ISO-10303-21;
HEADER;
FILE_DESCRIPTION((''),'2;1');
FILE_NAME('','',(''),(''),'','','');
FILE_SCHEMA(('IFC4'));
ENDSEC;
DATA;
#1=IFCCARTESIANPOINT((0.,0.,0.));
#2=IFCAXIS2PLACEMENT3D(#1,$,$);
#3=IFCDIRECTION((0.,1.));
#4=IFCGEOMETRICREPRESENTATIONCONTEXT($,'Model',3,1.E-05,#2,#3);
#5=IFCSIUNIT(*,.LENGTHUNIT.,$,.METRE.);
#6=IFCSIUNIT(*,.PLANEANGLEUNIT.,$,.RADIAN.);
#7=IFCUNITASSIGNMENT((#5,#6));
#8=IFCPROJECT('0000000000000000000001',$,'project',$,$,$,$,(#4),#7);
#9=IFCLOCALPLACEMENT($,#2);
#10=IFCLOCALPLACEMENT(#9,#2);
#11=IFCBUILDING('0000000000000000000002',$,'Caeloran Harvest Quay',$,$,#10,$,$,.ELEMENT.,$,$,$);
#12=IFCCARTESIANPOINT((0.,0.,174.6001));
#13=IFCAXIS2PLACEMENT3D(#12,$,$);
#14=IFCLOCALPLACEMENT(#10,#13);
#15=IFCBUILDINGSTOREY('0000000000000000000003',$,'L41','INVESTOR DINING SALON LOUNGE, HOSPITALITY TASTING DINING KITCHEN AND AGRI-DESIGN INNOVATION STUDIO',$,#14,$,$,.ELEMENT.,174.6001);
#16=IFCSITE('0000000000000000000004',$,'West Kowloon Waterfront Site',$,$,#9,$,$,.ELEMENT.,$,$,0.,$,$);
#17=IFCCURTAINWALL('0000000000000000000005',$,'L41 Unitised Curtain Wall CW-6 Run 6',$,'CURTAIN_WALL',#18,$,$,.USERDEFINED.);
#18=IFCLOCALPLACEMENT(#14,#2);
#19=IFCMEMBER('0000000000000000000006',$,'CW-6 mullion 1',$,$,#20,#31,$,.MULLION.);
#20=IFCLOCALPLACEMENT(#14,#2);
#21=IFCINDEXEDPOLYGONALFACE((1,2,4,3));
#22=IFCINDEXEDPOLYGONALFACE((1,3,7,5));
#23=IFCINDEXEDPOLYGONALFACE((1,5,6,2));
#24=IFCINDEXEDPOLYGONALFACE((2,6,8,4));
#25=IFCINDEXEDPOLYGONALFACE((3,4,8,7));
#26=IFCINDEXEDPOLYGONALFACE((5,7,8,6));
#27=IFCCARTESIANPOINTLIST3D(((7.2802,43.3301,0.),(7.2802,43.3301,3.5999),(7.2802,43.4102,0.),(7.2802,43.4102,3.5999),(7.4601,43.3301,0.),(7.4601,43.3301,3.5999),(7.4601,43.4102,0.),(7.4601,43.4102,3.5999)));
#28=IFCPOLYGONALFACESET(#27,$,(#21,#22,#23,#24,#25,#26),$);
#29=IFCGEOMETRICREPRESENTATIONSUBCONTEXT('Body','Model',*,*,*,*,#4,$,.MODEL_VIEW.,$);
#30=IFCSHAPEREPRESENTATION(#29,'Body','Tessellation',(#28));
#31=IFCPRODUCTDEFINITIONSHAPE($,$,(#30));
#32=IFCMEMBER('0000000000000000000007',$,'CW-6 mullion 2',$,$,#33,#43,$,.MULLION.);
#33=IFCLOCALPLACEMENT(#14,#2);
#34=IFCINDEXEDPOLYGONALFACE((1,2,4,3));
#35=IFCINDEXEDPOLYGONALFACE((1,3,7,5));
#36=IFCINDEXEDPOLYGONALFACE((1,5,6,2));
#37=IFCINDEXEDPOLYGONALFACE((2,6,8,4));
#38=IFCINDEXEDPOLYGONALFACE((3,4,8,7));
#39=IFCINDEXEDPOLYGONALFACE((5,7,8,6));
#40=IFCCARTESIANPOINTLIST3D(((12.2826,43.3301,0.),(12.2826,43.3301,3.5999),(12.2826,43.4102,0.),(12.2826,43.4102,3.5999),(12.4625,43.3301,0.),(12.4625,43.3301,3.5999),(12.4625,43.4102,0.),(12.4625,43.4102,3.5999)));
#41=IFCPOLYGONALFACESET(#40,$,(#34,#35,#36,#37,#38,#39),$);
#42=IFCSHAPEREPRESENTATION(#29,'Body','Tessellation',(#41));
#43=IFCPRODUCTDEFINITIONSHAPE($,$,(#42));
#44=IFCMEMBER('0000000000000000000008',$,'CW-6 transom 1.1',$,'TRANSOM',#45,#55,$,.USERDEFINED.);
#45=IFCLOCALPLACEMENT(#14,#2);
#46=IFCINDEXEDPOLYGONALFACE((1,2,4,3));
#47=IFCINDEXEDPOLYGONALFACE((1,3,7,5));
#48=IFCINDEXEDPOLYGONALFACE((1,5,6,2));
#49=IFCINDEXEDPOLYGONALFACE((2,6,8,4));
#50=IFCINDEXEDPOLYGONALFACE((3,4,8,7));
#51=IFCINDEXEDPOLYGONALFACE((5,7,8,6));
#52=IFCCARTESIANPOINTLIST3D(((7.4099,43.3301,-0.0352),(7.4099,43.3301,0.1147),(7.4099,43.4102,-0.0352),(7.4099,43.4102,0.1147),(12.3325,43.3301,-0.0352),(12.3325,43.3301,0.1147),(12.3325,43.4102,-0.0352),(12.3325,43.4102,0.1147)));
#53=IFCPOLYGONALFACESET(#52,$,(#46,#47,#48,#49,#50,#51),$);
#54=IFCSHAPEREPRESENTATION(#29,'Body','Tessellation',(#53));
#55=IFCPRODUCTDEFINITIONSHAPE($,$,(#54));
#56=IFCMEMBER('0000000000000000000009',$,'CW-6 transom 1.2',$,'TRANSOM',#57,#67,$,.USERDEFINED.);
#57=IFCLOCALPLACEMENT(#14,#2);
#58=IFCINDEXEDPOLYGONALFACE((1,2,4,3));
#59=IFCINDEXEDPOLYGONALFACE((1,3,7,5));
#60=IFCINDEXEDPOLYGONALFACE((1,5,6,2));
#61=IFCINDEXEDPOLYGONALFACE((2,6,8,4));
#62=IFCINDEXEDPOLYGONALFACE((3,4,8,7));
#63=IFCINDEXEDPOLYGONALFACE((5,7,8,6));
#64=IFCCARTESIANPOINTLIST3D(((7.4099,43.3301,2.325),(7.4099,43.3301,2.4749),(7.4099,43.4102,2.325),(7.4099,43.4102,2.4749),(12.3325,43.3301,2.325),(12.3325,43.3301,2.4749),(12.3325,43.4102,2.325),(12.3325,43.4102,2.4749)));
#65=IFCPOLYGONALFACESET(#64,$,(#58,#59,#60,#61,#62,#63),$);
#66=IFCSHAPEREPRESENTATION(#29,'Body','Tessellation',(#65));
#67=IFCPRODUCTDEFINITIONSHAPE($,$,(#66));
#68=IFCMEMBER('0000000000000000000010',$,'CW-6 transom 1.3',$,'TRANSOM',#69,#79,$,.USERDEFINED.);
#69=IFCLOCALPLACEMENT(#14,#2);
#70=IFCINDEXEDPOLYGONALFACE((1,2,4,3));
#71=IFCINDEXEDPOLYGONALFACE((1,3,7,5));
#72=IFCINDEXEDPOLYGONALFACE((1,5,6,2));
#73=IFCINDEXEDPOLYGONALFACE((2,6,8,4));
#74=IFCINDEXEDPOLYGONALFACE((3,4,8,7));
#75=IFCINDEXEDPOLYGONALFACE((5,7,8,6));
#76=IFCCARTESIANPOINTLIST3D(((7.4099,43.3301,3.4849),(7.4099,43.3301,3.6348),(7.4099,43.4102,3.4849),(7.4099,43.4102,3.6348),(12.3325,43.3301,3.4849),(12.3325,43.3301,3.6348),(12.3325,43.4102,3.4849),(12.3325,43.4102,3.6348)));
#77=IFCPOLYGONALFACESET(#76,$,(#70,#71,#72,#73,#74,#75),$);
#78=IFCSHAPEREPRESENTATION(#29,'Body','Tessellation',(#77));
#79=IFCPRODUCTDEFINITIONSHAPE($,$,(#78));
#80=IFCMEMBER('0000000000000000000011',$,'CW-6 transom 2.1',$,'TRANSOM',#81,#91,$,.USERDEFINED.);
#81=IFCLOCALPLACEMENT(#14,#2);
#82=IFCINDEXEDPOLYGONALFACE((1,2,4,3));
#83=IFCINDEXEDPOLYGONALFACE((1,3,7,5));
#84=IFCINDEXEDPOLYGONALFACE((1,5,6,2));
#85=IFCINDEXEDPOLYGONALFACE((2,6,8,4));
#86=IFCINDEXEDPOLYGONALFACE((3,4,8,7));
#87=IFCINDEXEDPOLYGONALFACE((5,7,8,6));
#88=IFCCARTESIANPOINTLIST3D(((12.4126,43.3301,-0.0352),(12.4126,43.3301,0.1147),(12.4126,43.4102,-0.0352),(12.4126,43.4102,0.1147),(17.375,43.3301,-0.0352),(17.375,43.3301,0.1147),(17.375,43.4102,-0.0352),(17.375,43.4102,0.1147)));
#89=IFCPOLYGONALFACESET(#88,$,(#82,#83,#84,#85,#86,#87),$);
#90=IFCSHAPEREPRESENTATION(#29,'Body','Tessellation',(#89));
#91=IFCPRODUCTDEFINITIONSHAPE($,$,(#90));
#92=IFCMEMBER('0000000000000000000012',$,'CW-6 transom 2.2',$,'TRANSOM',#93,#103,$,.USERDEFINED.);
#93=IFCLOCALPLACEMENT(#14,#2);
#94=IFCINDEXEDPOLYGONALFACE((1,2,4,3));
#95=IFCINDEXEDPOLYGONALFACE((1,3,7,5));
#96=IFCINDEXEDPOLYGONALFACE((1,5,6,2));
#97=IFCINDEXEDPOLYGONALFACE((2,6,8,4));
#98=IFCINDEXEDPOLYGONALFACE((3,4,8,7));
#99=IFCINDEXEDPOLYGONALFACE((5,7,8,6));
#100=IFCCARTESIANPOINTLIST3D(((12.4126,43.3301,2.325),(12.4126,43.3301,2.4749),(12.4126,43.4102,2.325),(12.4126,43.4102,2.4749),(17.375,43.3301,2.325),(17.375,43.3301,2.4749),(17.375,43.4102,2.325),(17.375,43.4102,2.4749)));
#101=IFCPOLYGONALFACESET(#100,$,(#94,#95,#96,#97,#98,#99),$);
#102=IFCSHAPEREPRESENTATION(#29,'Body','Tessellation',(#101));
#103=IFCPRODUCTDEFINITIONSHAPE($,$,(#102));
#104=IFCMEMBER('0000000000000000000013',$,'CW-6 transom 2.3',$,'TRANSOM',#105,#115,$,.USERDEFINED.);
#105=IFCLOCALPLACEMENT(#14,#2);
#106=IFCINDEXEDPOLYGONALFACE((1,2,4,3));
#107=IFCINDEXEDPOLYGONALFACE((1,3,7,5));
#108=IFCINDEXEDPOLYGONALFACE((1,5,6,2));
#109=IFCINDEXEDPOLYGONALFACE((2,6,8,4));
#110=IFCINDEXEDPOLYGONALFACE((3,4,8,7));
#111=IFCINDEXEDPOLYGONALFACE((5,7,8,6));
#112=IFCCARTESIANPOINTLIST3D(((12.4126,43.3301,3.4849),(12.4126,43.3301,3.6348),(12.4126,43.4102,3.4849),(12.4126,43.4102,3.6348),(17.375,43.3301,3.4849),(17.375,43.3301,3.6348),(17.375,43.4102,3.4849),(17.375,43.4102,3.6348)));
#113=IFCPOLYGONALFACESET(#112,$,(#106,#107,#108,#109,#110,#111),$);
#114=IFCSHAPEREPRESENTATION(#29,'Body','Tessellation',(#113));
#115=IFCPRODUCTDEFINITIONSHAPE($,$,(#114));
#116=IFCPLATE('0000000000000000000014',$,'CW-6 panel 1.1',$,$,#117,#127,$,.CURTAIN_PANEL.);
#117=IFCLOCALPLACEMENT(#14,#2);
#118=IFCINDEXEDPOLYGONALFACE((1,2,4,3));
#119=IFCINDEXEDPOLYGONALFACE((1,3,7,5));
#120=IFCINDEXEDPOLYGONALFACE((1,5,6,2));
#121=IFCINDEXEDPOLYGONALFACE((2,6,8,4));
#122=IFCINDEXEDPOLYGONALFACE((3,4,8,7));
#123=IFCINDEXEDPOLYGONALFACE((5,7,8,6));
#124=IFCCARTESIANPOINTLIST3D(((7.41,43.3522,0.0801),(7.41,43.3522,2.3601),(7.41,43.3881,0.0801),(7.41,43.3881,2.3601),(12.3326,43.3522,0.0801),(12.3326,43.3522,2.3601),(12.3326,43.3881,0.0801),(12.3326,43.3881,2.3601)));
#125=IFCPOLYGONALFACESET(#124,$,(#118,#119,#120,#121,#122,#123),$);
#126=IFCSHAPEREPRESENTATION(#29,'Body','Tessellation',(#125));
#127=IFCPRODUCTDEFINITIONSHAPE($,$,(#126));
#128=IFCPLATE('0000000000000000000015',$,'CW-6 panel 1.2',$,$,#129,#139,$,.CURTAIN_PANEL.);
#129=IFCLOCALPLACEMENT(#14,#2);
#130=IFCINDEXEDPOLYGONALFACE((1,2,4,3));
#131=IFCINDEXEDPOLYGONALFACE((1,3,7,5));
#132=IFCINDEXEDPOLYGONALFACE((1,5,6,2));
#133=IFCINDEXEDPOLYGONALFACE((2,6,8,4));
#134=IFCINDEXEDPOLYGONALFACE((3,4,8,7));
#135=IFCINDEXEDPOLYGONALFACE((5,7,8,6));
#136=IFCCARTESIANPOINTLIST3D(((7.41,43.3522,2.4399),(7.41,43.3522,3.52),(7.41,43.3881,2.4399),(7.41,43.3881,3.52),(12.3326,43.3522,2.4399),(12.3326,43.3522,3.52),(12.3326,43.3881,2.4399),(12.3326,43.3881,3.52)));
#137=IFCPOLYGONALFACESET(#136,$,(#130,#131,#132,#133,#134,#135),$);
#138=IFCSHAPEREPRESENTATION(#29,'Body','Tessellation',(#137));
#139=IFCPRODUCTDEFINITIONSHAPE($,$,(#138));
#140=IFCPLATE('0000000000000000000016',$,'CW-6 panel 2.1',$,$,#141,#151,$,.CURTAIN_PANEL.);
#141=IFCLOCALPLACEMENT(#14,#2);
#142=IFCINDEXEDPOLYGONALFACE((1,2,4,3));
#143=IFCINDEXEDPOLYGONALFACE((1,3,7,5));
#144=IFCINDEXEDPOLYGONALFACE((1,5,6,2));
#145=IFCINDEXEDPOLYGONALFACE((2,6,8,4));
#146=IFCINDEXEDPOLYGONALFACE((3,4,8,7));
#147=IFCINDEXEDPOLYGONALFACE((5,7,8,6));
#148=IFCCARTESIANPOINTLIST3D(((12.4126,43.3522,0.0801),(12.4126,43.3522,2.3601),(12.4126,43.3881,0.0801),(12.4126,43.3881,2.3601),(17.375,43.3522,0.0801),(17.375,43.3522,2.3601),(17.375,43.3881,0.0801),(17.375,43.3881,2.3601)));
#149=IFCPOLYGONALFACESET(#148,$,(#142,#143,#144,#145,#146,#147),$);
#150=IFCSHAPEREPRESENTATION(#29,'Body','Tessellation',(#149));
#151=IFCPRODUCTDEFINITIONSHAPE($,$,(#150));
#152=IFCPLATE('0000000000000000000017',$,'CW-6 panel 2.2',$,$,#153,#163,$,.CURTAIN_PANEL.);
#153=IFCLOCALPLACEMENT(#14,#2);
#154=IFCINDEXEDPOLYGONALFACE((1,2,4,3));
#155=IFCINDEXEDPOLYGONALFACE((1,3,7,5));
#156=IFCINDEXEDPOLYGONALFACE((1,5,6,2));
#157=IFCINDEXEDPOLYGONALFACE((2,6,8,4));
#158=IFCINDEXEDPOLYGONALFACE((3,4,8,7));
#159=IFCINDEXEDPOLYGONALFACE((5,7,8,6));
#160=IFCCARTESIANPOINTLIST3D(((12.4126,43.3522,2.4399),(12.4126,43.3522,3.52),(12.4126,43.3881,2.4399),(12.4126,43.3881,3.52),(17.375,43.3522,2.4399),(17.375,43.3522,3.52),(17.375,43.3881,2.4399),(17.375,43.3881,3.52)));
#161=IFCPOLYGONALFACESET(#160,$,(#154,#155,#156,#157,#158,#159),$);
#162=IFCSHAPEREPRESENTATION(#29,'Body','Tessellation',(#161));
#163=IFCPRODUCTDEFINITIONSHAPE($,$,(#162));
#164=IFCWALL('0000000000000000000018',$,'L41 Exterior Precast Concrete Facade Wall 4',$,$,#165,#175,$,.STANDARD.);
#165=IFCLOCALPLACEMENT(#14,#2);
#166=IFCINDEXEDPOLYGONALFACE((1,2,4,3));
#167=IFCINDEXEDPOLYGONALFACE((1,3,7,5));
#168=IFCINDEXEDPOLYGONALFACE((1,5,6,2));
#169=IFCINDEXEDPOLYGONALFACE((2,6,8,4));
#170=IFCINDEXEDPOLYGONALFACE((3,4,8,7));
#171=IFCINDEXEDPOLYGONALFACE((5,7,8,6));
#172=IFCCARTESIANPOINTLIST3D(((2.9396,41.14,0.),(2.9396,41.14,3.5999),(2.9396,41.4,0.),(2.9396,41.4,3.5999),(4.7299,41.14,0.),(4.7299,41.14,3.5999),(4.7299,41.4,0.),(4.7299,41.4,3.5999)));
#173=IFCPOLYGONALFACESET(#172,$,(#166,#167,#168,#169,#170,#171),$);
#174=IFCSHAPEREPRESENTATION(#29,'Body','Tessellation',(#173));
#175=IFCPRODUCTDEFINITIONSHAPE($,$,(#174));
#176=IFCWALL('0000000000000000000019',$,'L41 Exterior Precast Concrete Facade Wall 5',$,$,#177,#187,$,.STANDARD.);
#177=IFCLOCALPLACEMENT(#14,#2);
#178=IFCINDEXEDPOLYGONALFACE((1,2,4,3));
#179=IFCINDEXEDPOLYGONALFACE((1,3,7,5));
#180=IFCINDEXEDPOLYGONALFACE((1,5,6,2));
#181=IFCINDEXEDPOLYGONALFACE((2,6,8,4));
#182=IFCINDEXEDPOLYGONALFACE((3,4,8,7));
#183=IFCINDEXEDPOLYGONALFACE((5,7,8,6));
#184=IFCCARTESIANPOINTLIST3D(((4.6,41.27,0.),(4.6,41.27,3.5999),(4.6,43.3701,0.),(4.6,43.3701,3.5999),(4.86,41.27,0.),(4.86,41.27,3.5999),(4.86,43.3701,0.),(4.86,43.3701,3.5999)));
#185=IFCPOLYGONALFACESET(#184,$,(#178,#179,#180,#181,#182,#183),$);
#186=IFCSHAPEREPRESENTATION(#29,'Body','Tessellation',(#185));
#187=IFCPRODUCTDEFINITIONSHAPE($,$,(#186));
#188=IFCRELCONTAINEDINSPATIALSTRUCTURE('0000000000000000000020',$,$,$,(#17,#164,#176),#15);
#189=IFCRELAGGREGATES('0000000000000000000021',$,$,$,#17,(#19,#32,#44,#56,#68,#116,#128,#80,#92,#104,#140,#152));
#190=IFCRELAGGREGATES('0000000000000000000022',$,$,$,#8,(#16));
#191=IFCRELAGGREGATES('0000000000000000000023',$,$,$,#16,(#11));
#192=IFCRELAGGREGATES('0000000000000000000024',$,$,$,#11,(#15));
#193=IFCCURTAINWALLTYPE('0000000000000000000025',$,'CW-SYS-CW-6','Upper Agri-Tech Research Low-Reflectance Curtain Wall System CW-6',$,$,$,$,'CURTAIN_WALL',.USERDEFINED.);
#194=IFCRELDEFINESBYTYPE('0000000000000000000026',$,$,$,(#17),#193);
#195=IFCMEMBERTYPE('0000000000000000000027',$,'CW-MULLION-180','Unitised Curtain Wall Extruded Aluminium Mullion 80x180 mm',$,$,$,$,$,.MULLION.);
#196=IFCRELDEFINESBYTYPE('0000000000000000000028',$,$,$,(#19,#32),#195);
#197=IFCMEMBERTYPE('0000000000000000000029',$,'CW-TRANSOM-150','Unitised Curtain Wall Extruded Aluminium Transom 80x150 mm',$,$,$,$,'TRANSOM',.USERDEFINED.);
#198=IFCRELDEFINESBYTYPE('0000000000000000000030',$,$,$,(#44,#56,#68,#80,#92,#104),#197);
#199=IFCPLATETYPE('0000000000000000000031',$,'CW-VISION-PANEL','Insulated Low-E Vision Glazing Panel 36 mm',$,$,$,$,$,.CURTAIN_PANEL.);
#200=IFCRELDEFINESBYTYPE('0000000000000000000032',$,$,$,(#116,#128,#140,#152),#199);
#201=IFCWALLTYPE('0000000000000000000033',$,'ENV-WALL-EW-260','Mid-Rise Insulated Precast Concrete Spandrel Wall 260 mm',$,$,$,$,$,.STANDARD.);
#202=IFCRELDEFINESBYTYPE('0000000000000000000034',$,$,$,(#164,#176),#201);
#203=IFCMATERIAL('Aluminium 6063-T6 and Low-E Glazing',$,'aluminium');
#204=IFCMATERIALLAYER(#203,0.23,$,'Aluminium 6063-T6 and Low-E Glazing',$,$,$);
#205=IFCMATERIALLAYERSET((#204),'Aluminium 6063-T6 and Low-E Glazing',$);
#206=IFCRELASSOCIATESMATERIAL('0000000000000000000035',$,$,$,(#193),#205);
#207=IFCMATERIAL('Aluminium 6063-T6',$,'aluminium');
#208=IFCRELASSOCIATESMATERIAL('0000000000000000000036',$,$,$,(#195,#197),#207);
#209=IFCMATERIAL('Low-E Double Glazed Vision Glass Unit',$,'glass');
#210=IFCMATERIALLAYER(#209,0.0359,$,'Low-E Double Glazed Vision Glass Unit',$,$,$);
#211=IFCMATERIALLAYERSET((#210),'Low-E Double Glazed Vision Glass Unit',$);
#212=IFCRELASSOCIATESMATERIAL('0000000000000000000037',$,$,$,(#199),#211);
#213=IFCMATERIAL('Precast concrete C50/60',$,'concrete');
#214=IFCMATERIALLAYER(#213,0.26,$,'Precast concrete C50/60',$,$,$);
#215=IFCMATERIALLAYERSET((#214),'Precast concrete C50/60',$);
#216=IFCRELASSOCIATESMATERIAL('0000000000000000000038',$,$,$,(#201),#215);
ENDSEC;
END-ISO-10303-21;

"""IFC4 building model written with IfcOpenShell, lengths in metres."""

from ifc_helpers import new_model, si_unit, direction, frame, frame_2d, origin, origin_2d, place, context, subcontext, project, spatial, rectangle, extrude, material, layer, layer_set, material_profile, profile_set, type_object, element, aggregate, save


model = new_model("IFC4")

# Units and contexts
model_context = context("Model", 3, precision=1e-05, world=origin(), true_north=direction((0.0, 1.0)))
body_context = subcontext(model_context, "Body", "Model", "MODEL_VIEW")
ifc_project = project(units=[si_unit("LENGTHUNIT", "METRE"), si_unit("PLANEANGLEUNIT", "RADIAN")], contexts=[model_context])

# Site, building, storey
site_placement = place(None, origin())
site = spatial("IfcSite", under=ifc_project, at=site_placement, Name="West Kowloon Waterfront Site", CompositionType="ELEMENT", RefElevation=0.0)
building_placement = place(site_placement, origin())
building = spatial("IfcBuilding", under=site, at=building_placement, Name="Caeloran Harvest Quay", CompositionType="ELEMENT")
storey_placement = place(building_placement, frame((0.0, 0.0, 174.6001)))
storey = spatial("IfcBuildingStorey", under=building, at=storey_placement, Name="L41", Description="INVESTOR DINING SALON LOUNGE, HOSPITALITY TASTING DINING KITCHEN AND AGRI-DESIGN INNOVATION STUDIO", CompositionType="ELEMENT", Elevation=174.6001)

# Curtain wall, members, plates
ifc_material_1 = material(Name="Aluminium 6063-T6 and Low-E Glazing", Category="aluminium")
ifc_layer_1 = layer(ifc_material_1, 0.23, Name="Aluminium 6063-T6 and Low-E Glazing")
ifc_layer_set_1 = layer_set([ifc_layer_1], Name="Aluminium 6063-T6 and Low-E Glazing")
curtain_wall_type = type_object("IfcCurtainWallType", Name="CW-SYS-CW-6", Description="Upper Agri-Tech Research Low-Reflectance Curtain Wall System CW-6", ElementType="CURTAIN_WALL", PredefinedType="USERDEFINED", material=ifc_layer_set_1)
curtain_wall_placement = place(storey_placement, origin())
curtain_wall = element("IfcCurtainWall", 1, at=curtain_wall_placement, inside=storey, type_object=curtain_wall_type, Name="L41 Unitised Curtain Wall CW-6 Run 6", ObjectType="CURTAIN_WALL", PredefinedType="USERDEFINED")
ifc_material_2 = material(Name="Aluminium 6063-T6", Category="aluminium")
ifc_material_profile_1 = material_profile(ifc_material_2, rectangle(XDim=0.0801, YDim=0.1799, at=origin_2d()), Name="CW-MULLION-180")
ifc_profile_set_1 = profile_set([ifc_material_profile_1], Name="Aluminium 6063-T6")
member_type_1 = type_object("IfcMemberType", Name="CW-MULLION-180", Description="Unitised Curtain Wall Extruded Aluminium Mullion 80x180 mm", PredefinedType="MULLION", material=ifc_profile_set_1)
member_1_placement = place(storey_placement, frame((7.3701, 43.3701, 0.0), z_axis=(0.0, 0.0, 1.0), x_axis=(0.0, 1.0, 0.0)))
member_1 = element("IfcMember", 2, at=member_1_placement, type_object=member_type_1, Name="CW-6 mullion 1", PredefinedType="MULLION", context=body_context, shape_type="SweptSolid", body=[
    extrude(rectangle(XDim=0.0801, YDim=0.1799, at=origin_2d()), origin(), (0.0, 0.0, 1.0), 3.5999),
])
member_2_placement = place(storey_placement, frame((12.3726, 43.3701, 0.0), z_axis=(0.0, 0.0, 1.0), x_axis=(0.0, 1.0, 0.0)))
member_2 = element("IfcMember", 3, at=member_2_placement, type_object=member_type_1, Name="CW-6 mullion 2", PredefinedType="MULLION", context=body_context, shape_type="SweptSolid", body=[
    extrude(rectangle(XDim=0.0801, YDim=0.1799, at=origin_2d()), origin(), (0.0, 0.0, 1.0), 3.5999),
])
ifc_material_profile_2 = material_profile(ifc_material_2, rectangle(XDim=0.0801, YDim=0.1499, at=origin_2d()), Name="CW-TRANSOM-150")
ifc_profile_set_2 = profile_set([ifc_material_profile_2], Name="Aluminium 6063-T6")
member_type_2 = type_object("IfcMemberType", Name="CW-TRANSOM-150", Description="Unitised Curtain Wall Extruded Aluminium Transom 80x150 mm", ElementType="TRANSOM", PredefinedType="USERDEFINED", material=ifc_profile_set_2)
member_3_placement = place(storey_placement, frame((7.4099, 43.3701, 0.0398), z_axis=(1.0, 0.0, 0.0), x_axis=(0.0, 1.0, 0.0)))
member_3 = element("IfcMember", 4, at=member_3_placement, type_object=member_type_2, Name="CW-6 transom 1.1", ObjectType="TRANSOM", PredefinedType="USERDEFINED", context=body_context, shape_type="SweptSolid", body=[
    extrude(rectangle(XDim=0.0801, YDim=0.1499, at=origin_2d()), origin(), (0.0, 0.0, 1.0), 4.9226),
])
member_4_placement = place(storey_placement, frame((7.4099, 43.3701, 2.3999), z_axis=(1.0, 0.0, 0.0), x_axis=(0.0, 1.0, 0.0)))
member_4 = element("IfcMember", 5, at=member_4_placement, type_object=member_type_2, Name="CW-6 transom 1.2", ObjectType="TRANSOM", PredefinedType="USERDEFINED", context=body_context, shape_type="SweptSolid", body=[
    extrude(rectangle(XDim=0.0801, YDim=0.1499, at=origin_2d()), origin(), (0.0, 0.0, 1.0), 4.9226),
])
member_5_placement = place(storey_placement, frame((7.4099, 43.3701, 3.5598), z_axis=(1.0, 0.0, 0.0), x_axis=(0.0, 1.0, 0.0)))
member_5 = element("IfcMember", 6, at=member_5_placement, type_object=member_type_2, Name="CW-6 transom 1.3", ObjectType="TRANSOM", PredefinedType="USERDEFINED", context=body_context, shape_type="SweptSolid", body=[
    extrude(rectangle(XDim=0.0801, YDim=0.1499, at=origin_2d()), origin(), (0.0, 0.0, 1.0), 4.9226),
])
member_6_placement = place(storey_placement, frame((12.4126, 43.3701, 0.0398), z_axis=(1.0, 0.0, 0.0), x_axis=(0.0, 1.0, 0.0)))
member_6 = element("IfcMember", 7, at=member_6_placement, type_object=member_type_2, Name="CW-6 transom 2.1", ObjectType="TRANSOM", PredefinedType="USERDEFINED", context=body_context, shape_type="SweptSolid", body=[
    extrude(rectangle(XDim=0.0801, YDim=0.1499, at=origin_2d()), origin(), (0.0, 0.0, 1.0), 4.9624),
])
member_7_placement = place(storey_placement, frame((12.4126, 43.3701, 2.3999), z_axis=(1.0, 0.0, 0.0), x_axis=(0.0, 1.0, 0.0)))
member_7 = element("IfcMember", 8, at=member_7_placement, type_object=member_type_2, Name="CW-6 transom 2.2", ObjectType="TRANSOM", PredefinedType="USERDEFINED", context=body_context, shape_type="SweptSolid", body=[
    extrude(rectangle(XDim=0.0801, YDim=0.1499, at=origin_2d()), origin(), (0.0, 0.0, 1.0), 4.9624),
])
member_8_placement = place(storey_placement, frame((12.4126, 43.3701, 3.5598), z_axis=(1.0, 0.0, 0.0), x_axis=(0.0, 1.0, 0.0)))
member_8 = element("IfcMember", 9, at=member_8_placement, type_object=member_type_2, Name="CW-6 transom 2.3", ObjectType="TRANSOM", PredefinedType="USERDEFINED", context=body_context, shape_type="SweptSolid", body=[
    extrude(rectangle(XDim=0.0801, YDim=0.1499, at=origin_2d()), origin(), (0.0, 0.0, 1.0), 4.9624),
])
ifc_material_3 = material(Name="Low-E Double Glazed Vision Glass Unit", Category="glass")
ifc_layer_2 = layer(ifc_material_3, 0.0359, Name="Low-E Double Glazed Vision Glass Unit")
ifc_layer_set_2 = layer_set([ifc_layer_2], Name="Low-E Double Glazed Vision Glass Unit")
plate_type = type_object("IfcPlateType", Name="CW-VISION-PANEL", Description="Insulated Low-E Vision Glazing Panel 36 mm", PredefinedType="CURTAIN_PANEL", material=ifc_layer_set_2)
plate_1_placement = place(storey_placement, frame((9.8713, 43.3701, 0.0801), z_axis=(0.0, 0.0, 1.0), x_axis=(1.0, 0.0, 0.0)))
plate_1 = element("IfcPlate", 10, at=plate_1_placement, type_object=plate_type, Name="CW-6 panel 1.1", PredefinedType="CURTAIN_PANEL", context=body_context, shape_type="SweptSolid", body=[
    extrude(rectangle(XDim=4.9226, YDim=0.0359, at=origin_2d()), origin(), (0.0, 0.0, 1.0), 2.28),
])
plate_2_placement = place(storey_placement, frame((9.8713, 43.3701, 2.4399), z_axis=(0.0, 0.0, 1.0), x_axis=(1.0, 0.0, 0.0)))
plate_2 = element("IfcPlate", 11, at=plate_2_placement, type_object=plate_type, Name="CW-6 panel 1.2", PredefinedType="CURTAIN_PANEL", context=body_context, shape_type="SweptSolid", body=[
    extrude(rectangle(XDim=4.9226, YDim=0.0359, at=origin_2d()), origin(), (0.0, 0.0, 1.0), 1.0801),
])
plate_3_placement = place(storey_placement, frame((14.8938, 43.3701, 0.0801), z_axis=(0.0, 0.0, 1.0), x_axis=(1.0, 0.0, 0.0)))
plate_3 = element("IfcPlate", 12, at=plate_3_placement, type_object=plate_type, Name="CW-6 panel 2.1", PredefinedType="CURTAIN_PANEL", context=body_context, shape_type="SweptSolid", body=[
    extrude(rectangle(XDim=4.9624, YDim=0.0359, at=origin_2d()), origin(), (0.0, 0.0, 1.0), 2.28),
])
plate_4_placement = place(storey_placement, frame((14.8938, 43.3701, 2.4399), z_axis=(0.0, 0.0, 1.0), x_axis=(1.0, 0.0, 0.0)))
plate_4 = element("IfcPlate", 13, at=plate_4_placement, type_object=plate_type, Name="CW-6 panel 2.2", PredefinedType="CURTAIN_PANEL", context=body_context, shape_type="SweptSolid", body=[
    extrude(rectangle(XDim=4.9624, YDim=0.0359, at=origin_2d()), origin(), (0.0, 0.0, 1.0), 1.0801),
])
aggregate(curtain_wall, [member_1, member_2, member_3, member_4, member_5, plate_1, plate_2, member_6, member_7, member_8, plate_3, plate_4])

# Walls
ifc_material_4 = material(Name="Precast concrete C50/60", Category="concrete")
ifc_layer_3 = layer(ifc_material_4, 0.26, Name="Precast concrete C50/60")
ifc_layer_set_3 = layer_set([ifc_layer_3], Name="Precast concrete C50/60")
wall_type_1 = type_object("IfcWallType", Name="ENV-WALL-EW-260", Description="Mid-Rise Insulated Precast Concrete Spandrel Wall 260 mm", PredefinedType="STANDARD", material=ifc_layer_set_3)
wall_1_placement = place(storey_placement, frame((2.9397, 41.27, 0.0), z_axis=(0.0, 0.0, 1.0), x_axis=(1.0, 0.0, 0.0)))
element("IfcWall", 14, at=wall_1_placement, inside=storey, type_object=wall_type_1, Name="L41 Exterior Precast Concrete Facade Wall 4", PredefinedType="STANDARD", context=body_context, shape_type="SweptSolid", body=[
    extrude(rectangle(XDim=1.7903, YDim=0.26, at=frame_2d((0.895, 0.0))), origin(), (0.0, 0.0, 1.0), 3.5999),
])
wall_2_placement = place(storey_placement, frame((4.73, 41.27, 0.0), z_axis=(0.0, 0.0, 1.0), x_axis=(0.0, 1.0, 0.0)))
element("IfcWall", 15, at=wall_2_placement, inside=storey, type_object=wall_type_1, Name="L41 Exterior Precast Concrete Facade Wall 5", PredefinedType="STANDARD", context=body_context, shape_type="SweptSolid", body=[
    extrude(rectangle(XDim=2.1001, YDim=0.26, at=frame_2d((1.05, 0.0))), origin(), (0.0, 0.0, 1.0), 3.5999),
])

save(model, "model.ifc")
